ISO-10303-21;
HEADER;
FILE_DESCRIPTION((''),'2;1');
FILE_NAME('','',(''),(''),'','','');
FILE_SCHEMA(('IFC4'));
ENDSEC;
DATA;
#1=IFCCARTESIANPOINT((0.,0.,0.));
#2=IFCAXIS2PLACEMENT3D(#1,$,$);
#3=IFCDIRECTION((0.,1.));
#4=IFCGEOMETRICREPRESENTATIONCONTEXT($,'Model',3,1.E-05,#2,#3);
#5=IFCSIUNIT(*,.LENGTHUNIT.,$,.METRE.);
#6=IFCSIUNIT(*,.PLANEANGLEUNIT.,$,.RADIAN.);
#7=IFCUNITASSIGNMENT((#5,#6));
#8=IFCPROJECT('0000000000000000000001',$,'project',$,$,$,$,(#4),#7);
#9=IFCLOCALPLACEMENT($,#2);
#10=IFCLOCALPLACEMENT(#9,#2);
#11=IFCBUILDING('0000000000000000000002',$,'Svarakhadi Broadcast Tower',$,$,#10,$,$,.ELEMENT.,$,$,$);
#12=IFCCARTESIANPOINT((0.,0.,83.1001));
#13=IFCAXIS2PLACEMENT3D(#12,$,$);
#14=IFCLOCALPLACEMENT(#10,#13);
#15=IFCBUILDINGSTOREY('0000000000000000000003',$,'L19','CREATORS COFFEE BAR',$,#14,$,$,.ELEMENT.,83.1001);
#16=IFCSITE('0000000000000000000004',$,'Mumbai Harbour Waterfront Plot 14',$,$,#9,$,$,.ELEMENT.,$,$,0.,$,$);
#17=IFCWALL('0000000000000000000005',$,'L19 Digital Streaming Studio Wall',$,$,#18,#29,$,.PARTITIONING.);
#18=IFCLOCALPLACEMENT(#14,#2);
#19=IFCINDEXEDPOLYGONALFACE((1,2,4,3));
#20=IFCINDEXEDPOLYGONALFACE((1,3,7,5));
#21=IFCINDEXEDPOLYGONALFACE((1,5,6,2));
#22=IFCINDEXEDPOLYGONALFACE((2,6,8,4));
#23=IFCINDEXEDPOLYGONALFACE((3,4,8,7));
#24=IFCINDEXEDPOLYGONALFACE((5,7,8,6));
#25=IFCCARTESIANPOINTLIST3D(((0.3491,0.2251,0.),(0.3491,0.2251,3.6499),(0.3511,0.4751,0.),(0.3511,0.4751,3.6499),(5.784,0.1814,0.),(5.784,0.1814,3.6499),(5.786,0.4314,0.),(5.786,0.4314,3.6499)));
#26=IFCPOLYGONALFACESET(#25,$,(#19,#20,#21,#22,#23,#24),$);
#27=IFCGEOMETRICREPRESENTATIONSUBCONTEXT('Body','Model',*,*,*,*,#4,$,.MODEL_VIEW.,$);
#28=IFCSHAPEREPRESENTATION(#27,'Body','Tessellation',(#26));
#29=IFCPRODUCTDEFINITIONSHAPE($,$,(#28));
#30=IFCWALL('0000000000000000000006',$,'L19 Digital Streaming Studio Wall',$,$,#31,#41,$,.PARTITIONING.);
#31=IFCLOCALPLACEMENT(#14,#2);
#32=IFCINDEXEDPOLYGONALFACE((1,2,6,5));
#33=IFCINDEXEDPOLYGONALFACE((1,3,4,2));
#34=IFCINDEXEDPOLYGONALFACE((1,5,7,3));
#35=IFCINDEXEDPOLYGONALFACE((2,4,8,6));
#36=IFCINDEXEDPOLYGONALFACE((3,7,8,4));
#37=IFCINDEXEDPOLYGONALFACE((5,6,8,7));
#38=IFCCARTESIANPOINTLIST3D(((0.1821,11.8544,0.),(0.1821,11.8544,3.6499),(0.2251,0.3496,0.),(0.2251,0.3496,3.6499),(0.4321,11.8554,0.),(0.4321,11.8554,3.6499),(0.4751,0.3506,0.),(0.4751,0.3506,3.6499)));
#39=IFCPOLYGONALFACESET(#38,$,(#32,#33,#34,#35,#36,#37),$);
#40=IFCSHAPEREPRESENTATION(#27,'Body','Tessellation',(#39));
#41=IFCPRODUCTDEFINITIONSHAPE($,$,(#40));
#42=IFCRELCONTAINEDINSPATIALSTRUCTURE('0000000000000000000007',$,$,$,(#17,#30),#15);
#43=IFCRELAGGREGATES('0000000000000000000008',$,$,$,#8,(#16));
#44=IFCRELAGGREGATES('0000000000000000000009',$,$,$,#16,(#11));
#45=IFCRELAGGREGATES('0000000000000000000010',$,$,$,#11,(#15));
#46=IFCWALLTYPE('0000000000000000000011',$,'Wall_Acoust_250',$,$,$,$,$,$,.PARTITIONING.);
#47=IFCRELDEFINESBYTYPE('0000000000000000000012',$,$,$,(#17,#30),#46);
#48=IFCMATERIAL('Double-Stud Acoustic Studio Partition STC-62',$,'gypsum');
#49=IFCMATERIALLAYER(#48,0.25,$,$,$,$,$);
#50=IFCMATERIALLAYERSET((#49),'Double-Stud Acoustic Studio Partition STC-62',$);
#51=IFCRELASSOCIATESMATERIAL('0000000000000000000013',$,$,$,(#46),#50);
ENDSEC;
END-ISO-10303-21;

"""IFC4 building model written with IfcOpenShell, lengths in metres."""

from ifc_helpers import new_model, si_unit, direction, frame, frame_2d, origin, place, context, subcontext, project, spatial, rectangle, extrude, material, layer, layer_set, type_object, element, save


model = new_model("IFC4")

# Units and contexts
model_context = context("Model", 3, precision=1e-05, world=origin(), true_north=direction((0.0, 1.0)))
body_context = subcontext(model_context, "Body", "Model", "MODEL_VIEW")
ifc_project = project(units=[si_unit("LENGTHUNIT", "METRE"), si_unit("PLANEANGLEUNIT", "RADIAN")], contexts=[model_context])

# Site, building, storey
site_placement = place(None, origin())
site = spatial("IfcSite", under=ifc_project, at=site_placement, Name="Mumbai Harbour Waterfront Plot 14", CompositionType="ELEMENT", RefElevation=0.0)
building_placement = place(site_placement, origin())
building = spatial("IfcBuilding", under=site, at=building_placement, Name="Svarakhadi Broadcast Tower", CompositionType="ELEMENT")
storey_placement = place(building_placement, frame((0.0, 0.0, 83.1001)))
storey = spatial("IfcBuildingStorey", under=building, at=storey_placement, Name="L19", Description="CREATORS COFFEE BAR", CompositionType="ELEMENT", Elevation=83.1001)

# Walls
ifc_material_1 = material(Name="Double-Stud Acoustic Studio Partition STC-62", Category="gypsum")
ifc_layer_1 = layer(ifc_material_1, 0.25)
ifc_layer_set_1 = layer_set([ifc_layer_1], Name="Double-Stud Acoustic Studio Partition STC-62")
wall_type = type_object("IfcWallType", Name="Wall_Acoust_250", PredefinedType="PARTITIONING", material=ifc_layer_set_1)
wall_1_placement = place(storey_placement, frame((0.3501, 0.3501, 0.0), z_axis=(0.0, 0.0, 1.0), x_axis=(0.999968, -0.008041, 0.0)))
element("IfcWall", 1, at=wall_1_placement, inside=storey, type_object=wall_type, Name="L19 Digital Streaming Studio Wall", PredefinedType="PARTITIONING", context=body_context, shape_type="SweptSolid", body=[
    extrude(rectangle(XDim=5.4351, YDim=0.25, at=frame_2d((2.7175, 0.0))), origin(), (0.0, 0.0, 1.0), 3.6499),
])
wall_2_placement = place(storey_placement, frame((0.3501, 0.3501, 0.0), z_axis=(0.0, 0.0, 1.0), x_axis=(-0.003735, 0.999993, 0.0)))
element("IfcWall", 2, at=wall_2_placement, inside=storey, type_object=wall_type, Name="L19 Digital Streaming Studio Wall", PredefinedType="PARTITIONING", context=body_context, shape_type="SweptSolid", body=[
    extrude(rectangle(XDim=11.5049, YDim=0.25, at=frame_2d((5.7524, 0.0))), origin(), (0.0, 0.0, 1.0), 3.6499),
])

save(model, "model.ifc")
